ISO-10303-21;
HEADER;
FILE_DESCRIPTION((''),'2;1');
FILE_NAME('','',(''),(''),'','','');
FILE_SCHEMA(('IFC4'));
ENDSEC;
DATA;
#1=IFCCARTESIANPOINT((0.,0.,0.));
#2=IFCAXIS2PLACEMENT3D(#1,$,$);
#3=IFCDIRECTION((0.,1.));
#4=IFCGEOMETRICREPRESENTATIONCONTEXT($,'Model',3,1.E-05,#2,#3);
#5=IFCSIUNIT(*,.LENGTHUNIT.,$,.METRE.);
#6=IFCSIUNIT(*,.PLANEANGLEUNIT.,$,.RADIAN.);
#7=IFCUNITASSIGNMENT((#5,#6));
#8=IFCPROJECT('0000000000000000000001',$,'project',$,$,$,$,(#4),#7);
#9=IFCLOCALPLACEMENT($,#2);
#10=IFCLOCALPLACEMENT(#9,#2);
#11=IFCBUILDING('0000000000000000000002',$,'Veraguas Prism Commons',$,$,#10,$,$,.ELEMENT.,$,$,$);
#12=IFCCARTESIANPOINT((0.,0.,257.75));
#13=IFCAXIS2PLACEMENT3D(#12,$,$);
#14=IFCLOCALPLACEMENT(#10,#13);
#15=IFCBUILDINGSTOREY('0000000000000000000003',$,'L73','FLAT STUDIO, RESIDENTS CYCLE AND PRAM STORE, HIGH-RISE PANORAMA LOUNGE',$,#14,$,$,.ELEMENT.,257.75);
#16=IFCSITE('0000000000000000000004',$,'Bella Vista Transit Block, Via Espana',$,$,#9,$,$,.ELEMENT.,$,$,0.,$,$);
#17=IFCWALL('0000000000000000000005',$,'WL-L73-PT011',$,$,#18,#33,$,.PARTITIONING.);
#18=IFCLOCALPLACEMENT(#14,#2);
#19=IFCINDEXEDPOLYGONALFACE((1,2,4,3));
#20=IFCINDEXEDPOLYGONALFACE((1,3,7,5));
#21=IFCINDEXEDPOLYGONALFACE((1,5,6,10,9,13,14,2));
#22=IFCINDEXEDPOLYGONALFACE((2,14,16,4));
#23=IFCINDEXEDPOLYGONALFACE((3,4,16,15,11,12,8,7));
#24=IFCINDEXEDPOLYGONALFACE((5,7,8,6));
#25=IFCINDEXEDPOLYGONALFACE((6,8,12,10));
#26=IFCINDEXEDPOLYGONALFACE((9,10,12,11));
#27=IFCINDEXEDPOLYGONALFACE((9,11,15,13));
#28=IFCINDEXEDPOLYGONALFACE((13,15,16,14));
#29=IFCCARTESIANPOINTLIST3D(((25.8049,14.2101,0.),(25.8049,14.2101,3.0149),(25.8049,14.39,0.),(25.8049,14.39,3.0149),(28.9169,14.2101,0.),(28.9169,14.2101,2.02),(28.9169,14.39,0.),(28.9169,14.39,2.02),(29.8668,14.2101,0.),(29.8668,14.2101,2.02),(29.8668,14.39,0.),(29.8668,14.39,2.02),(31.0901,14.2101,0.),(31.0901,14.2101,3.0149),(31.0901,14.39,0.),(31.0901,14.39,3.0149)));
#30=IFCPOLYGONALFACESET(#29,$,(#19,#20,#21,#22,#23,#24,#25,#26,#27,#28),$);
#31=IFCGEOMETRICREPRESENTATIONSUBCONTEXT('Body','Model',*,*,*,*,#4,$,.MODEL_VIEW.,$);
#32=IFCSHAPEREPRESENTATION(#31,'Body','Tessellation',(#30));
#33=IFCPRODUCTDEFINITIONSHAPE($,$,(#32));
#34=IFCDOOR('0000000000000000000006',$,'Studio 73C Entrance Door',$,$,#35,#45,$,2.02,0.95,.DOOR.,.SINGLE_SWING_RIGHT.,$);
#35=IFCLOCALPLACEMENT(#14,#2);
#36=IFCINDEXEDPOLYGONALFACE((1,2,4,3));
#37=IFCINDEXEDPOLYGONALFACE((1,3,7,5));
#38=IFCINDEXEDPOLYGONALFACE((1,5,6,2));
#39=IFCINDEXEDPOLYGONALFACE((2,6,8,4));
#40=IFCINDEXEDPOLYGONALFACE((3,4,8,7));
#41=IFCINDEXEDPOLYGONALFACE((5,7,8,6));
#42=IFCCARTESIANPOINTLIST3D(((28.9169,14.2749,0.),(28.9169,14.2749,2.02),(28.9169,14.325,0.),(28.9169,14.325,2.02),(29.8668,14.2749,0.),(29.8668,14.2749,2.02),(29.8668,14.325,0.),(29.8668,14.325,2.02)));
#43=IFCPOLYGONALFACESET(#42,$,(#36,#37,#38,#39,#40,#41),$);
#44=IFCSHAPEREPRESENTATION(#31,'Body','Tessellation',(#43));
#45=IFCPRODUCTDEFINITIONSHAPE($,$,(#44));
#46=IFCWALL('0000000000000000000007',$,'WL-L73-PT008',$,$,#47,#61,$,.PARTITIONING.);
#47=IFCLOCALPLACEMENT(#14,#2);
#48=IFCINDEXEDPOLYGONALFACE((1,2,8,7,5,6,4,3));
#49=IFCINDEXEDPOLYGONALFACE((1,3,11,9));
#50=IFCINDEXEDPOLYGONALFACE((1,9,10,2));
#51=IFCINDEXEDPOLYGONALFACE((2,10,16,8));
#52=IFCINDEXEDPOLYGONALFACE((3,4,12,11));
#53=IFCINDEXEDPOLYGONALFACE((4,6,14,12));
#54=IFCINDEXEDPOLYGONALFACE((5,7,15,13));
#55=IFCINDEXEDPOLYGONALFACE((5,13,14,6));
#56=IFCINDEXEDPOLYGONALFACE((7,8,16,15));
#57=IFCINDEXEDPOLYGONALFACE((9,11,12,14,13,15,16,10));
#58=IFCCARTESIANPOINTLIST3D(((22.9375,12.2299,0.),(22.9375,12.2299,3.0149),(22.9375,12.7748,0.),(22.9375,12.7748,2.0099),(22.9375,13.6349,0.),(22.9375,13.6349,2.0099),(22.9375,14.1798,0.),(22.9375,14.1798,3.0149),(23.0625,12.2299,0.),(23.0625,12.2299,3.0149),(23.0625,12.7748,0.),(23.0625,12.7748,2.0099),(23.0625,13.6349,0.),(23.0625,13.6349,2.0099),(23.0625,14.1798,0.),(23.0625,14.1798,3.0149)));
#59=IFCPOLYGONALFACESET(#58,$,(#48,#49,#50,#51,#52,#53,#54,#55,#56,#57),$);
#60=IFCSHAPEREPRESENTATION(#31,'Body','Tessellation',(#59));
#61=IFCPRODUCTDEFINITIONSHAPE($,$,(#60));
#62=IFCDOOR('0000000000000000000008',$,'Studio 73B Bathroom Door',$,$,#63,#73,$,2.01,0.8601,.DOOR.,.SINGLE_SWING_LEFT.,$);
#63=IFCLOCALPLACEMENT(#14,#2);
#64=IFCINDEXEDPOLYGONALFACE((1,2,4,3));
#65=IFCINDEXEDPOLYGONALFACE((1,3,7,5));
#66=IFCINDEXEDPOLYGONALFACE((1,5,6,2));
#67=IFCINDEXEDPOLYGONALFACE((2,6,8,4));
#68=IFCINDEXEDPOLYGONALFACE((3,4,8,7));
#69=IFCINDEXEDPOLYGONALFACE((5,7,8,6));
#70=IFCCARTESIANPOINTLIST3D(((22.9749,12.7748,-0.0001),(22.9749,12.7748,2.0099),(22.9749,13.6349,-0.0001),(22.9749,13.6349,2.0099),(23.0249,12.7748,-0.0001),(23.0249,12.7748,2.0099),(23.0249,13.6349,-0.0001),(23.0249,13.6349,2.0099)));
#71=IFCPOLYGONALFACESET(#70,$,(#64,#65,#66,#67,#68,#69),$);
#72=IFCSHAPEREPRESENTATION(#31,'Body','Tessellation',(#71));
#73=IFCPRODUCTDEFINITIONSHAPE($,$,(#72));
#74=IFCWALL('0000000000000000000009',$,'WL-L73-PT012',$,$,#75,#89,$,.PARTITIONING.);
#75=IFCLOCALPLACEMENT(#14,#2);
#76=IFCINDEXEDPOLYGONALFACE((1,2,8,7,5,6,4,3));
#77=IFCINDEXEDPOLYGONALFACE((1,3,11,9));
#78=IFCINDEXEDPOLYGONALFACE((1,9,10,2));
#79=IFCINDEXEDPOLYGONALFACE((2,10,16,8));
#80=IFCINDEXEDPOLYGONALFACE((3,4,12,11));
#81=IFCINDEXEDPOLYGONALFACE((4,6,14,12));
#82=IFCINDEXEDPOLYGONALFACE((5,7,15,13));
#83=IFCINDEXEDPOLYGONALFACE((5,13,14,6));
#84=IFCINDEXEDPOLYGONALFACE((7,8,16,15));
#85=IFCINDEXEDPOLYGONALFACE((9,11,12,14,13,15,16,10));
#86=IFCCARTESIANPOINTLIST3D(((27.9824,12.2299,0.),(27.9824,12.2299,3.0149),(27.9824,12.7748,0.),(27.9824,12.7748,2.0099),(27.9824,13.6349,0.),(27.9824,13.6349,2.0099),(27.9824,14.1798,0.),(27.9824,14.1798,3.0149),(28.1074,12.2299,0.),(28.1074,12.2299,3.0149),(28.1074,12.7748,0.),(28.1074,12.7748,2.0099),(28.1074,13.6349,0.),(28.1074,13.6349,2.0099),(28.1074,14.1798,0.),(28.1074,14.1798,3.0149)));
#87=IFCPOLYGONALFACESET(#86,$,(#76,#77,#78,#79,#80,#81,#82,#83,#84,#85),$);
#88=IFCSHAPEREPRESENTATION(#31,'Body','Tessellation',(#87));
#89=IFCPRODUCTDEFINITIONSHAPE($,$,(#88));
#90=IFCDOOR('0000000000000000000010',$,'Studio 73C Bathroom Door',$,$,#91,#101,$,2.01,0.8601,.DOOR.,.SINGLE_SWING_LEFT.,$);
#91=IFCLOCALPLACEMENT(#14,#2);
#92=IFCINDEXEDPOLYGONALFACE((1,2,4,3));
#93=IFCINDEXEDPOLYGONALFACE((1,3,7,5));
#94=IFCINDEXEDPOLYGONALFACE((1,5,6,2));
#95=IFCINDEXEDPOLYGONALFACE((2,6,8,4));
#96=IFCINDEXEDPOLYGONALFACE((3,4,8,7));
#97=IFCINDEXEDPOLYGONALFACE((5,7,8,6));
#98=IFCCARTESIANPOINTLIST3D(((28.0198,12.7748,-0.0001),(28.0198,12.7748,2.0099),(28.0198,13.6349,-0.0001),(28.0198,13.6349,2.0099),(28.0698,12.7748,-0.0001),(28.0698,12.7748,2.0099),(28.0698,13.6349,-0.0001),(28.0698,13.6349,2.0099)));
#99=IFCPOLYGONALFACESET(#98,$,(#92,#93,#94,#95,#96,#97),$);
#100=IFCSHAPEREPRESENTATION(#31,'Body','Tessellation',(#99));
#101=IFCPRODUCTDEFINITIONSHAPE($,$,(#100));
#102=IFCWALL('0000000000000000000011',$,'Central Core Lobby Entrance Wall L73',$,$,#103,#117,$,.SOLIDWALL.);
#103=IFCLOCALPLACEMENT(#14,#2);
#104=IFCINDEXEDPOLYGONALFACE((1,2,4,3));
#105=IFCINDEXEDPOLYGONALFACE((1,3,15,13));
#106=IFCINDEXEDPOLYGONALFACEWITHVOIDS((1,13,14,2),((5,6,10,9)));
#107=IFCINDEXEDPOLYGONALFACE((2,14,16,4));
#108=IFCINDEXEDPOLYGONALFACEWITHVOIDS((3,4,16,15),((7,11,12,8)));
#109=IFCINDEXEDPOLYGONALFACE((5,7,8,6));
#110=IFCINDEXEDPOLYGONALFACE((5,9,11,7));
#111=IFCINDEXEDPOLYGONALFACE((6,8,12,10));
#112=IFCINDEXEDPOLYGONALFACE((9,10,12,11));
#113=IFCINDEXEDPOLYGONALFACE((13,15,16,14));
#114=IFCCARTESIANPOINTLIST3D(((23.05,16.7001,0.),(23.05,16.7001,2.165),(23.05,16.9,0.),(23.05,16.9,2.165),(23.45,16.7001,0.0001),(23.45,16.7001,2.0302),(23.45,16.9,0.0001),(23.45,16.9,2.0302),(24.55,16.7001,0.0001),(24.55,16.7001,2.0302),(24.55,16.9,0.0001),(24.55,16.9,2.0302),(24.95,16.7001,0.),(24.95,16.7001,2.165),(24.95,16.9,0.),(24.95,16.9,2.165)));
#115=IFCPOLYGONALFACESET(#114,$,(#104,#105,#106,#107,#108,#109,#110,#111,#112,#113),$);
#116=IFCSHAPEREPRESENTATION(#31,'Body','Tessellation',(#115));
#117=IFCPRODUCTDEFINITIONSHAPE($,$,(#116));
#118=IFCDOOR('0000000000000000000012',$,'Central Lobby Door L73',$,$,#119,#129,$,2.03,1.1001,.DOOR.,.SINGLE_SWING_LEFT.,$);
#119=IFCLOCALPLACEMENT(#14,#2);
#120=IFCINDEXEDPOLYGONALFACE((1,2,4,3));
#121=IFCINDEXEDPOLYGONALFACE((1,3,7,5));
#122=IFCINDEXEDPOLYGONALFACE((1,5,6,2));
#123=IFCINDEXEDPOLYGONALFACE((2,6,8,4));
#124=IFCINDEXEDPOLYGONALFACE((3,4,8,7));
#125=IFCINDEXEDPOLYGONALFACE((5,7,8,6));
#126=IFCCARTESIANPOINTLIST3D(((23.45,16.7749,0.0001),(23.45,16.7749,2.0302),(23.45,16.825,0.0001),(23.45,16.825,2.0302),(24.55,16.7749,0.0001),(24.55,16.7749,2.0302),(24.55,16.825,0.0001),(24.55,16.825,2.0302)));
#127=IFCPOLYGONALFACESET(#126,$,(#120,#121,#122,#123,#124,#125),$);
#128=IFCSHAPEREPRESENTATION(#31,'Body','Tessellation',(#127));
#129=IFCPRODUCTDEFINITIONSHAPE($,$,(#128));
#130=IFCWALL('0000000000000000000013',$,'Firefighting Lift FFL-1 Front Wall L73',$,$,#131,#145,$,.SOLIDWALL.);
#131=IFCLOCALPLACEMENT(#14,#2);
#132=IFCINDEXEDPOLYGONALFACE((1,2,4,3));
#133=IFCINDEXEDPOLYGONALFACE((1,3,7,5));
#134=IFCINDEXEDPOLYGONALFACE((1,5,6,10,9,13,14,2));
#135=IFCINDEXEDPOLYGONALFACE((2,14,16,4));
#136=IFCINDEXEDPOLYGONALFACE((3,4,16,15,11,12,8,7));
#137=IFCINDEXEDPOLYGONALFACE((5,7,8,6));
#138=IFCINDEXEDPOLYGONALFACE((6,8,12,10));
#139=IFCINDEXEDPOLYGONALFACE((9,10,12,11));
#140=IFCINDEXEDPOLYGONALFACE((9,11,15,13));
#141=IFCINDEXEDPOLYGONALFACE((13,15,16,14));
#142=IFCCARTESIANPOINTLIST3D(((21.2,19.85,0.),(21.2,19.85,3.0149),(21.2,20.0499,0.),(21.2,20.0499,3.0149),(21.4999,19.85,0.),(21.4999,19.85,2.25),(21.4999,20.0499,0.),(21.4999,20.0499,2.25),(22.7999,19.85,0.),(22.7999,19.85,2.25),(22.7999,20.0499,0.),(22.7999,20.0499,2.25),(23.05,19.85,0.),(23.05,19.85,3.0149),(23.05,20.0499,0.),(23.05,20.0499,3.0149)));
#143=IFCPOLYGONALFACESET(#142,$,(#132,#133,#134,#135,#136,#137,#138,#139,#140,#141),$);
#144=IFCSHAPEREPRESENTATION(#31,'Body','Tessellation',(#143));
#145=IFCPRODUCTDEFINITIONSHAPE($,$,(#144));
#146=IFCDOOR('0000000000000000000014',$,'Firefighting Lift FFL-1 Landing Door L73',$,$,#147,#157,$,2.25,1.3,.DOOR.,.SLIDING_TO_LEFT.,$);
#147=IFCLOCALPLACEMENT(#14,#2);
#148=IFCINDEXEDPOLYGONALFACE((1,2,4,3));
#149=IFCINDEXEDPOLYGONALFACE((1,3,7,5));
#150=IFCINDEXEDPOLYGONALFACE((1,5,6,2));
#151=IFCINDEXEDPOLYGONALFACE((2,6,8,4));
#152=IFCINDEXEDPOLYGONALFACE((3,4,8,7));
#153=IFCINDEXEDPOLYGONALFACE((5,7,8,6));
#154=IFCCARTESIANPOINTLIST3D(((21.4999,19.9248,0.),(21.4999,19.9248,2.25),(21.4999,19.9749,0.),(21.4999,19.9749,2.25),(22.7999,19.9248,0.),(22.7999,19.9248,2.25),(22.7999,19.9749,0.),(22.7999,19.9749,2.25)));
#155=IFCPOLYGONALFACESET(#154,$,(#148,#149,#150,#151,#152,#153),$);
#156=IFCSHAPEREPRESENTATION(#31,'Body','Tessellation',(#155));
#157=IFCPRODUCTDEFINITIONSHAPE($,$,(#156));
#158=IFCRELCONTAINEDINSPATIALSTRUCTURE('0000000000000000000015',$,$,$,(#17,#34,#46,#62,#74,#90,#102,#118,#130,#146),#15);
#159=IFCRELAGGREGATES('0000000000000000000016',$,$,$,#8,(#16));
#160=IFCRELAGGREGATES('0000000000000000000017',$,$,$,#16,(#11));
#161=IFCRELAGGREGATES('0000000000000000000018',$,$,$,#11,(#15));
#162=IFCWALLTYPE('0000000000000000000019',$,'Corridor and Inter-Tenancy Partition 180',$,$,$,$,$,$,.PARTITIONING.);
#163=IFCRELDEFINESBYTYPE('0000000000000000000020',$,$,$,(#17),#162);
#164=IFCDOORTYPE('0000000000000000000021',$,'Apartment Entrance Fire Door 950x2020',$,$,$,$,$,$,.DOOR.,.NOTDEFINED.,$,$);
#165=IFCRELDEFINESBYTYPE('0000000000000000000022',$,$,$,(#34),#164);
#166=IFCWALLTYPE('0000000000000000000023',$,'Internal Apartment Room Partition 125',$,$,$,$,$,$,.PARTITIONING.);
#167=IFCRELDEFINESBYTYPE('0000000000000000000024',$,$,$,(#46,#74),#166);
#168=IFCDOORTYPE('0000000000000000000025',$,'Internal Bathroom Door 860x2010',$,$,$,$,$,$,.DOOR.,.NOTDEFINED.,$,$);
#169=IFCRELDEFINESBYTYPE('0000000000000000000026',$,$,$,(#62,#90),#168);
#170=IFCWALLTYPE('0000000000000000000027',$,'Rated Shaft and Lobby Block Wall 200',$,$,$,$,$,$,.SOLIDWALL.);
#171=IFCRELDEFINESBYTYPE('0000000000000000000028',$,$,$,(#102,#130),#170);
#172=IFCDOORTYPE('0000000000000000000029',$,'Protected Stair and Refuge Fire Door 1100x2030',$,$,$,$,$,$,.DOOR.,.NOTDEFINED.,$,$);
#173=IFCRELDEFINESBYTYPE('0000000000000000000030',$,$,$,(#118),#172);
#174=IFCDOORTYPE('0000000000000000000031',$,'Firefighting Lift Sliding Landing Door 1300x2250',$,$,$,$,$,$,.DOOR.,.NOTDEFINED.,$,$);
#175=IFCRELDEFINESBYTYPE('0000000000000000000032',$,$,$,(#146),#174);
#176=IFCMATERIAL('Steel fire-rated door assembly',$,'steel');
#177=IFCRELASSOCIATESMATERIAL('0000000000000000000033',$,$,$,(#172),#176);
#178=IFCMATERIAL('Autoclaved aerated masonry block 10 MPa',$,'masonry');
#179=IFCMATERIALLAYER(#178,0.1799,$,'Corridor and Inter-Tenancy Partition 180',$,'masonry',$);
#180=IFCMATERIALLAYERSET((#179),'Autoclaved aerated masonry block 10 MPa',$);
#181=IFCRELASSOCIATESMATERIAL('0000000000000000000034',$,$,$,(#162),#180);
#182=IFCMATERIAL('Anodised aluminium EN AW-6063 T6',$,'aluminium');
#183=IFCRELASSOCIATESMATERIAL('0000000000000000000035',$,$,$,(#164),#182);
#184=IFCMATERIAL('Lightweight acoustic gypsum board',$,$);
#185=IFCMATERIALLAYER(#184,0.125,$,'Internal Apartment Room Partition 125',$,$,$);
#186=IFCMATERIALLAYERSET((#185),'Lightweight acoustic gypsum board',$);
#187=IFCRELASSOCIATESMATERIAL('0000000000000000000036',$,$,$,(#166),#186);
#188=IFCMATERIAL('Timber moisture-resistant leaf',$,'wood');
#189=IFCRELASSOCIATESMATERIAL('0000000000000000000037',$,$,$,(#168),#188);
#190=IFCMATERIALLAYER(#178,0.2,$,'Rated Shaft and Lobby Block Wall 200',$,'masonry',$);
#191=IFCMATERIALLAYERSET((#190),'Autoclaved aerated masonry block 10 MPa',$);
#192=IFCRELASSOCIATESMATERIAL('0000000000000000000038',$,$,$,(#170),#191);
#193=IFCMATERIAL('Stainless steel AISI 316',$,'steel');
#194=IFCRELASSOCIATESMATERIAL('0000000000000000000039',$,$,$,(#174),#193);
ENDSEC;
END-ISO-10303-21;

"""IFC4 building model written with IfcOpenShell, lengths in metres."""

from ifc_helpers import new_model, si_unit, direction, frame, frame_2d, origin, place, context, subcontext, project, spatial, rectangle, extrude, source, transform, mapped, material, layer, layer_set, type_object, element, fill, save


model = new_model("IFC4")

# Units and contexts
model_context = context("Model", 3, precision=1e-05, world=origin(), true_north=direction((0.0, 1.0)))
body_context = subcontext(model_context, "Body", "Model", "MODEL_VIEW")
ifc_project = project(units=[si_unit("LENGTHUNIT", "METRE"), si_unit("PLANEANGLEUNIT", "RADIAN")], contexts=[model_context])

# Site, building, storey
site_placement = place(None, origin())
site = spatial("IfcSite", under=ifc_project, at=site_placement, Name="Bella Vista Transit Block, Via Espana", CompositionType="ELEMENT", RefElevation=0.0)
building_placement = place(site_placement, origin())
building = spatial("IfcBuilding", under=site, at=building_placement, Name="Veraguas Prism Commons", CompositionType="ELEMENT")
storey_placement = place(building_placement, frame((0.0, 0.0, 257.75)))
storey = spatial("IfcBuildingStorey", under=building, at=storey_placement, Name="L73", Description="FLAT STUDIO, RESIDENTS CYCLE AND PRAM STORE, HIGH-RISE PANORAMA LOUNGE", CompositionType="ELEMENT", Elevation=257.75)

# Shared definitions
ifc_material_1 = material(Name="Steel fire-rated door assembly", Category="steel")
door_type_1 = type_object("IfcDoorType", Name="Protected Stair and Refuge Fire Door 1100x2030", OperationType="NOTDEFINED", PredefinedType="DOOR", material=ifc_material_1)
shared_shape_1 = source(origin(), body_context, "Body", "SweptSolid", [
    extrude(rectangle(XDim=1.1001, YDim=2.03, at=frame_2d((0.55, 1.0151))), frame((0.0, 0.0249, 0.0), z_axis=(0.0, -1.0, 0.0), x_axis=(1.0, 0.0, 0.0)), (0.0, 0.0, 1.0), 0.05),
])

# Shared definitions
ifc_material_2 = material(Name="Autoclaved aerated masonry block 10 MPa", Category="masonry")
ifc_layer_1 = layer(ifc_material_2, 0.1799, Name="Corridor and Inter-Tenancy Partition 180", Category="masonry")
ifc_layer_set_1 = layer_set([ifc_layer_1], Name="Autoclaved aerated masonry block 10 MPa")
wall_type_1 = type_object("IfcWallType", Name="Corridor and Inter-Tenancy Partition 180", PredefinedType="PARTITIONING", material=ifc_layer_set_1)

# Walls, openings, doors
wall_1_placement = place(storey_placement, frame((25.8049, 14.3, 0.0), z_axis=(0.0, 0.0, 1.0), x_axis=(1.0, 0.0, 0.0)))
wall_1 = element("IfcWall", 1, at=wall_1_placement, inside=storey, type_object=wall_type_1, Name="WL-L73-PT011", PredefinedType="PARTITIONING", context=body_context, shape_type="SweptSolid", body=[
    extrude(rectangle(XDim=5.2852, YDim=0.1799, at=frame_2d((2.6426, 0.0))), origin(), (0.0, 0.0, 1.0), 3.0149),
])
opening_1_placement = place(wall_1_placement, frame((3.1118, 0.0, 0.0)))
opening_1 = element("IfcOpeningElement", 2, at=opening_1_placement, cuts=wall_1, PredefinedType="OPENING", context=body_context, shape_type="SweptSolid", body=[
    extrude(rectangle(XDim=0.95, YDim=2.02, at=frame_2d((0.4751, 1.01))), frame((0.0, 0.0999, 0.0), z_axis=(0.0, -1.0, 0.0), x_axis=(1.0, 0.0, 0.0)), (0.0, 0.0, 1.0), 0.2),
])
ifc_material_3 = material(Name="Anodised aluminium EN AW-6063 T6", Category="aluminium")
door_type_2 = type_object("IfcDoorType", Name="Apartment Entrance Fire Door 950x2020", OperationType="NOTDEFINED", PredefinedType="DOOR", material=ifc_material_3)
shared_shape_2 = source(origin(), body_context, "Body", "SweptSolid", [
    extrude(rectangle(XDim=0.95, YDim=2.02, at=frame_2d((0.4751, 1.01))), frame((0.0, 0.0249, 0.0), z_axis=(0.0, -1.0, 0.0), x_axis=(1.0, 0.0, 0.0)), (0.0, 0.0, 1.0), 0.05),
])
door_1_placement = place(opening_1_placement, origin())
door_1 = element("IfcDoor", 3, at=door_1_placement, inside=storey, type_object=door_type_2, Name="Studio 73C Entrance Door", OperationType="SINGLE_SWING_RIGHT", OverallHeight=2.02, OverallWidth=0.95, PredefinedType="DOOR", context=body_context, shape_type="MappedRepresentation", body=[
    mapped(shared_shape_2, transform((0.0, 0.0, 0.0), scale=1.0)),
])
fill(opening_1, door_1)
ifc_material_4 = material(Name="Lightweight acoustic gypsum board")
ifc_layer_2 = layer(ifc_material_4, 0.125, Name="Internal Apartment Room Partition 125")
ifc_layer_set_2 = layer_set([ifc_layer_2], Name="Lightweight acoustic gypsum board")
wall_type_2 = type_object("IfcWallType", Name="Internal Apartment Room Partition 125", PredefinedType="PARTITIONING", material=ifc_layer_set_2)
wall_2_placement = place(storey_placement, frame((23.0, 14.1799, 0.0), z_axis=(0.0, 0.0, 1.0), x_axis=(0.0, -1.0, 0.0)))
wall_2 = element("IfcWall", 4, at=wall_2_placement, inside=storey, type_object=wall_type_2, Name="WL-L73-PT008", PredefinedType="PARTITIONING", context=body_context, shape_type="SweptSolid", body=[
    extrude(rectangle(XDim=1.95, YDim=0.125, at=frame_2d((0.9751, 0.0))), origin(), (0.0, 0.0, 1.0), 3.0149),
])
opening_2_placement = place(wall_2_placement, frame((0.5449, 0.0, 0.0)))
opening_2 = element("IfcOpeningElement", 5, at=opening_2_placement, cuts=wall_2, PredefinedType="OPENING", context=body_context, shape_type="SweptSolid", body=[
    extrude(rectangle(XDim=0.8601, YDim=2.01, at=frame_2d((0.4302, 1.0049))), frame((0.0, 0.0725, 0.0), z_axis=(0.0, -1.0, 0.0), x_axis=(1.0, 0.0, 0.0)), (0.0, 0.0, 1.0), 0.145),
])
ifc_material_5 = material(Name="Timber moisture-resistant leaf", Category="wood")
door_type_3 = type_object("IfcDoorType", Name="Internal Bathroom Door 860x2010", OperationType="NOTDEFINED", PredefinedType="DOOR", material=ifc_material_5)
shared_shape_3 = source(origin(), body_context, "Body", "SweptSolid", [
    extrude(rectangle(XDim=0.8601, YDim=2.01, at=frame_2d((0.4302, 1.0049))), frame((0.0, 0.0249, 0.0), z_axis=(0.0, -1.0, 0.0), x_axis=(1.0, 0.0, 0.0)), (0.0, 0.0, 1.0), 0.05),
])
door_2_placement = place(opening_2_placement, origin())
door_2 = element("IfcDoor", 6, at=door_2_placement, inside=storey, type_object=door_type_3, Name="Studio 73B Bathroom Door", OperationType="SINGLE_SWING_LEFT", OverallHeight=2.01, OverallWidth=0.8601, PredefinedType="DOOR", context=body_context, shape_type="MappedRepresentation", body=[
    mapped(shared_shape_3, transform((0.0, 0.0, 0.0), scale=1.0)),
])
fill(opening_2, door_2)
wall_3_placement = place(storey_placement, frame((28.0449, 14.1799, 0.0), z_axis=(0.0, 0.0, 1.0), x_axis=(0.0, -1.0, 0.0)))
wall_3 = element("IfcWall", 7, at=wall_3_placement, inside=storey, type_object=wall_type_2, Name="WL-L73-PT012", PredefinedType="PARTITIONING", context=body_context, shape_type="SweptSolid", body=[
    extrude(rectangle(XDim=1.95, YDim=0.125, at=frame_2d((0.9751, 0.0))), origin(), (0.0, 0.0, 1.0), 3.0149),
])
opening_3_placement = place(wall_3_placement, frame((0.5449, 0.0, 0.0)))
opening_3 = element("IfcOpeningElement", 8, at=opening_3_placement, cuts=wall_3, PredefinedType="OPENING", context=body_context, shape_type="SweptSolid", body=[
    extrude(rectangle(XDim=0.8601, YDim=2.01, at=frame_2d((0.4302, 1.0049))), frame((0.0, 0.0725, 0.0), z_axis=(0.0, -1.0, 0.0), x_axis=(1.0, 0.0, 0.0)), (0.0, 0.0, 1.0), 0.145),
])
door_3_placement = place(opening_3_placement, origin())
door_3 = element("IfcDoor", 9, at=door_3_placement, inside=storey, type_object=door_type_3, Name="Studio 73C Bathroom Door", OperationType="SINGLE_SWING_LEFT", OverallHeight=2.01, OverallWidth=0.8601, PredefinedType="DOOR", context=body_context, shape_type="MappedRepresentation", body=[
    mapped(shared_shape_3, transform((0.0, 0.0, 0.0), scale=1.0)),
])
fill(opening_3, door_3)
ifc_layer_3 = layer(ifc_material_2, 0.2, Name="Rated Shaft and Lobby Block Wall 200", Category="masonry")
ifc_layer_set_3 = layer_set([ifc_layer_3], Name="Autoclaved aerated masonry block 10 MPa")
wall_type_3 = type_object("IfcWallType", Name="Rated Shaft and Lobby Block Wall 200", PredefinedType="SOLIDWALL", material=ifc_layer_set_3)
wall_4_placement = place(storey_placement, frame((23.05, 16.8, 0.0), z_axis=(0.0, 0.0, 1.0), x_axis=(1.0, 0.0, 0.0)))
wall_4 = element("IfcWall", 10, at=wall_4_placement, inside=storey, type_object=wall_type_3, Name="Central Core Lobby Entrance Wall L73", PredefinedType="SOLIDWALL", context=body_context, shape_type="SweptSolid", body=[
    extrude(rectangle(XDim=1.8999, YDim=0.2, at=frame_2d((0.95, 0.0))), origin(), (0.0, 0.0, 1.0), 2.165),
])
opening_4_placement = place(wall_4_placement, frame((0.3999, 0.0, 0.0)))
opening_4 = element("IfcOpeningElement", 11, at=opening_4_placement, cuts=wall_4, PredefinedType="OPENING", context=body_context, shape_type="SweptSolid", body=[
    extrude(rectangle(XDim=1.1001, YDim=2.03, at=frame_2d((0.55, 1.0151))), frame((0.0, 0.1099, 0.0), z_axis=(0.0, -1.0, 0.0), x_axis=(1.0, 0.0, 0.0)), (0.0, 0.0, 1.0), 0.22),
])
door_4_placement = place(opening_4_placement, origin())
door_4 = element("IfcDoor", 12, at=door_4_placement, inside=storey, type_object=door_type_1, Name="Central Lobby Door L73", OperationType="SINGLE_SWING_LEFT", OverallHeight=2.03, OverallWidth=1.1001, PredefinedType="DOOR", context=body_context, shape_type="MappedRepresentation", body=[
    mapped(shared_shape_1, transform((0.0, 0.0, 0.0), scale=1.0)),
])
fill(opening_4, door_4)
wall_5_placement = place(storey_placement, frame((21.2, 19.95, 0.0), z_axis=(0.0, 0.0, 1.0), x_axis=(1.0, 0.0, 0.0)))
wall_5 = element("IfcWall", 13, at=wall_5_placement, inside=storey, type_object=wall_type_3, Name="Firefighting Lift FFL-1 Front Wall L73", PredefinedType="SOLIDWALL", context=body_context, shape_type="SweptSolid", body=[
    extrude(rectangle(XDim=1.8501, YDim=0.2, at=frame_2d((0.925, 0.0))), origin(), (0.0, 0.0, 1.0), 3.0149),
])
opening_5_placement = place(wall_5_placement, frame((0.3, 0.0, 0.0)))
opening_5 = element("IfcOpeningElement", 14, at=opening_5_placement, cuts=wall_5, PredefinedType="OPENING", context=body_context, shape_type="SweptSolid", body=[
    extrude(rectangle(XDim=1.3, YDim=2.25, at=frame_2d((0.6499, 1.125))), frame((0.0, 0.1099, 0.0), z_axis=(0.0, -1.0, 0.0), x_axis=(1.0, 0.0, 0.0)), (0.0, 0.0, 1.0), 0.22),
])
ifc_material_6 = material(Name="Stainless steel AISI 316", Category="steel")
door_type_4 = type_object("IfcDoorType", Name="Firefighting Lift Sliding Landing Door 1300x2250", OperationType="NOTDEFINED", PredefinedType="DOOR", material=ifc_material_6)
shared_shape_4 = source(origin(), body_context, "Body", "SweptSolid", [
    extrude(rectangle(XDim=1.3, YDim=2.25, at=frame_2d((0.6499, 1.125))), frame((0.0, 0.0249, 0.0), z_axis=(0.0, -1.0, 0.0), x_axis=(1.0, 0.0, 0.0)), (0.0, 0.0, 1.0), 0.05),
])
door_5_placement = place(opening_5_placement, origin())
door_5 = element("IfcDoor", 15, at=door_5_placement, inside=storey, type_object=door_type_4, Name="Firefighting Lift FFL-1 Landing Door L73", OperationType="SLIDING_TO_LEFT", OverallHeight=2.25, OverallWidth=1.3, PredefinedType="DOOR", context=body_context, shape_type="MappedRepresentation", body=[
    mapped(shared_shape_4, transform((0.0, 0.0, 0.0), scale=1.0)),
])
fill(opening_5, door_5)

save(model, "model.ifc")
